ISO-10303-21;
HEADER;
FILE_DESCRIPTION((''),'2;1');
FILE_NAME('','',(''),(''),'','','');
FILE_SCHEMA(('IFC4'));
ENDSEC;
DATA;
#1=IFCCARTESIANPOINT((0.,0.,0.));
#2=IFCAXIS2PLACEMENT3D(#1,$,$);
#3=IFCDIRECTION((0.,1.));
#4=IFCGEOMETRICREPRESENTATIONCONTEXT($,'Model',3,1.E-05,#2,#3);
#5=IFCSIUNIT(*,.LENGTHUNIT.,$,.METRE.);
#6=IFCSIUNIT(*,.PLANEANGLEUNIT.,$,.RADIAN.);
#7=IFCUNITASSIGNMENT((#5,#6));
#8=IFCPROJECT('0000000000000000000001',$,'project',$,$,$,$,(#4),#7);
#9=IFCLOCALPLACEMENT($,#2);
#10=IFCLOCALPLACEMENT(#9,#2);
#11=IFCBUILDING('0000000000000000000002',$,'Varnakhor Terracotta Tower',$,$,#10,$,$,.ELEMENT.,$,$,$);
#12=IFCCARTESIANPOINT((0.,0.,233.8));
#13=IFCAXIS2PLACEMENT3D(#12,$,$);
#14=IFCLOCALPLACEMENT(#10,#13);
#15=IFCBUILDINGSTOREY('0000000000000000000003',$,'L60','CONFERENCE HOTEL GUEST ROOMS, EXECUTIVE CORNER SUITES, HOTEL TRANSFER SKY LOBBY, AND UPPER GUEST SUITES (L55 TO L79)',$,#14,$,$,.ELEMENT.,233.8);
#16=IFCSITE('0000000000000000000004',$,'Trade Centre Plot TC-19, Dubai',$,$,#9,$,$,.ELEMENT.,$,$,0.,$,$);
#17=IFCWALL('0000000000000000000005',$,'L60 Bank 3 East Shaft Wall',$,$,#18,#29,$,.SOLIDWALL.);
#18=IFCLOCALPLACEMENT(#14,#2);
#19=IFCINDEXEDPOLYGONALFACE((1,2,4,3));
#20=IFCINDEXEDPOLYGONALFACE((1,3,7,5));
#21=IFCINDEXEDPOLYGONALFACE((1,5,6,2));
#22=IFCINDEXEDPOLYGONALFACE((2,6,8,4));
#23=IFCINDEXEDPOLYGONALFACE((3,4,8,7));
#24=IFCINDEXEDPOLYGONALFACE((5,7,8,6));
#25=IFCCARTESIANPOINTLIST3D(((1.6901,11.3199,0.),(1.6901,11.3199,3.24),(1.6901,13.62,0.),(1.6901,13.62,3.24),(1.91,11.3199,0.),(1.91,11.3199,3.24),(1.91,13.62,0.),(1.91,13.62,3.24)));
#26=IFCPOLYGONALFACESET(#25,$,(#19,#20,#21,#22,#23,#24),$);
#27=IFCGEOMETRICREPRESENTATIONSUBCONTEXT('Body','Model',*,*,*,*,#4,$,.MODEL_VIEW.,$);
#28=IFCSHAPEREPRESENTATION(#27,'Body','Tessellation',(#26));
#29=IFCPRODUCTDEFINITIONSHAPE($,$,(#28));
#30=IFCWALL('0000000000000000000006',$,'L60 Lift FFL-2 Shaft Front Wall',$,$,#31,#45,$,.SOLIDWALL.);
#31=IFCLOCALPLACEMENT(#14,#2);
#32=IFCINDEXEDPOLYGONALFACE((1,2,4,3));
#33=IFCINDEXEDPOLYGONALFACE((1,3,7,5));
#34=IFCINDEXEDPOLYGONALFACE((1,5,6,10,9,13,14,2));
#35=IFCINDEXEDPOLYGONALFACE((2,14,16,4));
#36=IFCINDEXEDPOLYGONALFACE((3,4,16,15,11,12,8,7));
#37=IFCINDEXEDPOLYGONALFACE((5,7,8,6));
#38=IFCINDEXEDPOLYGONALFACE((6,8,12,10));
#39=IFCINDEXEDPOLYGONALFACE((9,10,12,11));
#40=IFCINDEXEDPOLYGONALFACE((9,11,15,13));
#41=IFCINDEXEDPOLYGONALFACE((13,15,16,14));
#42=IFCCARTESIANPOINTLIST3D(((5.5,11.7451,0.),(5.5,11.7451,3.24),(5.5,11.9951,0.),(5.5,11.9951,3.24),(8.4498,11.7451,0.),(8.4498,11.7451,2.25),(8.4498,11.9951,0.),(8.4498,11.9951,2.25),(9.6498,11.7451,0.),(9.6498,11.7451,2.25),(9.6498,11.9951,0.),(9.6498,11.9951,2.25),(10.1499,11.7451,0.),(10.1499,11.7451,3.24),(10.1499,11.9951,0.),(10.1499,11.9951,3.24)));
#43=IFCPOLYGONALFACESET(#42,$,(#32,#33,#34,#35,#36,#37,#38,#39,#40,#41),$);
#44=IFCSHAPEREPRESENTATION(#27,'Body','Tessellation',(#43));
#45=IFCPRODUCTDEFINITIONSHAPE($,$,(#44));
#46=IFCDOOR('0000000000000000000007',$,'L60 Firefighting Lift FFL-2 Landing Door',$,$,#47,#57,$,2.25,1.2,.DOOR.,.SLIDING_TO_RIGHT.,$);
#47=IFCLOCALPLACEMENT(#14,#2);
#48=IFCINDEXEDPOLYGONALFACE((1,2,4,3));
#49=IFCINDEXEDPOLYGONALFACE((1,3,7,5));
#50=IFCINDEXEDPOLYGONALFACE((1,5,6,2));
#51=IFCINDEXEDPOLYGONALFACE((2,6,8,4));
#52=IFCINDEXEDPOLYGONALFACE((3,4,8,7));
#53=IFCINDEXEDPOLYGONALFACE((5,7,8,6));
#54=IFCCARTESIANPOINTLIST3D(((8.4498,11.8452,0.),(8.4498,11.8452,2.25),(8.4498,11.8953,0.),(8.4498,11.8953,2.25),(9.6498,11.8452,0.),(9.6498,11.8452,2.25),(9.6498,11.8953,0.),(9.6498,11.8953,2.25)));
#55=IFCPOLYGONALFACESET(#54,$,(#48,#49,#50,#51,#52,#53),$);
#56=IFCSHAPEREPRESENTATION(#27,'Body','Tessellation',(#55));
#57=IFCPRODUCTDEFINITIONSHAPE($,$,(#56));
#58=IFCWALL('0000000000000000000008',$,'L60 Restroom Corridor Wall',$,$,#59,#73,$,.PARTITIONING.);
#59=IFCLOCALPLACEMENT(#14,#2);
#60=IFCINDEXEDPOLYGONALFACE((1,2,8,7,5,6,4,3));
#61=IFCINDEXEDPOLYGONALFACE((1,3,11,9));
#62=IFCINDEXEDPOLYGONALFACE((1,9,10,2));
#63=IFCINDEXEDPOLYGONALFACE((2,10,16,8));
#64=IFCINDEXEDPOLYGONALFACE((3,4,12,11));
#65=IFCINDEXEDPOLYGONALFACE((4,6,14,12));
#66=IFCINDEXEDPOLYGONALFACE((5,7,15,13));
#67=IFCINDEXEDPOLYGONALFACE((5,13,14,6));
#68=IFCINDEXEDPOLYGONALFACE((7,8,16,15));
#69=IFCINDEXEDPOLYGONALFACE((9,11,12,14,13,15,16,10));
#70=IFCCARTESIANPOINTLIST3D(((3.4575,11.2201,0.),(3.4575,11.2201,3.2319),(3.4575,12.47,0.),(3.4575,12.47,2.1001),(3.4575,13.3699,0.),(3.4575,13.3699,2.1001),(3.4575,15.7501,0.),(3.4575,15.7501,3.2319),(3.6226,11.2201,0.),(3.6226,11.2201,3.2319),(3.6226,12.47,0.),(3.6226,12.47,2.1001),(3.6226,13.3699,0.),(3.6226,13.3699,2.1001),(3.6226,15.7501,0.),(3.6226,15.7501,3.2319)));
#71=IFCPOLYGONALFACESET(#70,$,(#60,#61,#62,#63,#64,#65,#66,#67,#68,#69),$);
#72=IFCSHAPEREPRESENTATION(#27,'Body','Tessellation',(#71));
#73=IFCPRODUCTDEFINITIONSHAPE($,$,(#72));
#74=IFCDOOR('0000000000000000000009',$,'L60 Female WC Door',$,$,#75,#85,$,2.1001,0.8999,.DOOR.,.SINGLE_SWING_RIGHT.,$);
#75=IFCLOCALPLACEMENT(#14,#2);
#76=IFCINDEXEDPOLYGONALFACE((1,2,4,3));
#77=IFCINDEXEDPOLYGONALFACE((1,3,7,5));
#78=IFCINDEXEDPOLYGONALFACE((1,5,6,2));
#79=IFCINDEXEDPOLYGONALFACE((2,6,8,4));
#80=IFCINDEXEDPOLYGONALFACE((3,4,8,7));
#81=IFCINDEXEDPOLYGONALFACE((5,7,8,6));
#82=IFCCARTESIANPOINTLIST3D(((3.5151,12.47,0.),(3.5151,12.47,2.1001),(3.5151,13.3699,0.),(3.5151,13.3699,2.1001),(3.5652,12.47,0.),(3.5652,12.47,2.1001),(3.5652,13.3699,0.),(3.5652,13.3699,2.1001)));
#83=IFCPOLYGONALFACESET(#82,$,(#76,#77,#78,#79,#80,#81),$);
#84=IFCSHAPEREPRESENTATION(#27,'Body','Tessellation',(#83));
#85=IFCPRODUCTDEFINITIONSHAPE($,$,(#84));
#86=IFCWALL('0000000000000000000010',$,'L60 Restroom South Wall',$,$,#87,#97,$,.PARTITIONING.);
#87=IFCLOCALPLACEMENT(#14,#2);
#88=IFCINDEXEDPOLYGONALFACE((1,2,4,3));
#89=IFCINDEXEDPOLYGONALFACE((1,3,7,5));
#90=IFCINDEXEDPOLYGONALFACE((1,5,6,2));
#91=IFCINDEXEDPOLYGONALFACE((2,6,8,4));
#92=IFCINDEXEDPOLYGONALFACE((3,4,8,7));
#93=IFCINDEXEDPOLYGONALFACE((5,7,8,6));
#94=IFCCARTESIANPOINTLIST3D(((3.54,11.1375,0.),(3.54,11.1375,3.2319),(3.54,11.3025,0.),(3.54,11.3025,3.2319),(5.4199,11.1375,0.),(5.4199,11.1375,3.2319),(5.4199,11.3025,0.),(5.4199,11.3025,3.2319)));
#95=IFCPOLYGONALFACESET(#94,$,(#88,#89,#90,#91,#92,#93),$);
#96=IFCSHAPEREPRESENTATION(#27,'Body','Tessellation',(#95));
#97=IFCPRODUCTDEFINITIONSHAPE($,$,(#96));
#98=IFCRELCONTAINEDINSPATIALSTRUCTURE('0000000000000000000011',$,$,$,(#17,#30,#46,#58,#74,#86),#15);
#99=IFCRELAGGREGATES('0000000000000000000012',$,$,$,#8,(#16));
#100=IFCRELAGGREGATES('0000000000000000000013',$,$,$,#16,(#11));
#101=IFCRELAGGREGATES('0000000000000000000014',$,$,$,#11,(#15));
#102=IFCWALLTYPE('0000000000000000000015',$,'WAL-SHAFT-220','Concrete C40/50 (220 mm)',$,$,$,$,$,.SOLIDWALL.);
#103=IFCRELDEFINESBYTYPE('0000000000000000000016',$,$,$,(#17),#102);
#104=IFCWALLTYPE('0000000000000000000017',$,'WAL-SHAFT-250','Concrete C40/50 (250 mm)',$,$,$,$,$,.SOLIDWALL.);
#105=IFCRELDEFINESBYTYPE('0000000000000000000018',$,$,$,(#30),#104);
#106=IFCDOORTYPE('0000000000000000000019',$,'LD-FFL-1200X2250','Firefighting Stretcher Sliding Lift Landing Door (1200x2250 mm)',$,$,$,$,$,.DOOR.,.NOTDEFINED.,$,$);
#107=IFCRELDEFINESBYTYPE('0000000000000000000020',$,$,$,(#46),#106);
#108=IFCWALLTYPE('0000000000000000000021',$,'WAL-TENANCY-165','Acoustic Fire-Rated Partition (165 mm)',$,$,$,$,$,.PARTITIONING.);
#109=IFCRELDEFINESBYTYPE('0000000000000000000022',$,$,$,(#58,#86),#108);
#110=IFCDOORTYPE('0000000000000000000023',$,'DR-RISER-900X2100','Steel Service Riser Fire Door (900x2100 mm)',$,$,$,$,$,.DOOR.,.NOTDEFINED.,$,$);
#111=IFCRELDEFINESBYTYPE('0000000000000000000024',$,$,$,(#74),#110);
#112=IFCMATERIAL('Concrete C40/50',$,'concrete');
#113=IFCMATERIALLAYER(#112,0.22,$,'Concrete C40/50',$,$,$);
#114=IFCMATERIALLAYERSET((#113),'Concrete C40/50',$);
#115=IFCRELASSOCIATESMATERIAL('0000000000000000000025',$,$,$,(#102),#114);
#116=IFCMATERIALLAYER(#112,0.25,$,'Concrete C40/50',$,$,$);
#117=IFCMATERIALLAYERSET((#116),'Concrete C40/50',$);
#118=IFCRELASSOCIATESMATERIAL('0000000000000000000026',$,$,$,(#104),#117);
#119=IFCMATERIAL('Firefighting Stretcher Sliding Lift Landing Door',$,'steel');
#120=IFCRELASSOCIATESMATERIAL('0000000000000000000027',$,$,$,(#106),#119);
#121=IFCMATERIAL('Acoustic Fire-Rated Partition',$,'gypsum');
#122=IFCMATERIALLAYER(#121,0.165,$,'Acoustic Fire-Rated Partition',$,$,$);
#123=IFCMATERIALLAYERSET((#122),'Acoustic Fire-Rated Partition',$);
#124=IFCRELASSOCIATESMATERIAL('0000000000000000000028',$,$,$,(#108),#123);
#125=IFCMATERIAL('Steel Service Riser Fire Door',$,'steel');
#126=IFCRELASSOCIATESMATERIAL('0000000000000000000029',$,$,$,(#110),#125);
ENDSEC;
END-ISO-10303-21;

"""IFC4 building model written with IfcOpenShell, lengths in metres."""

from ifc_helpers import new_model, si_unit, direction, frame, frame_2d, origin, place, context, subcontext, project, spatial, rectangle, extrude, source, transform, mapped, material, layer, layer_set, type_object, type_shapes, element, fill, save


model = new_model("IFC4")

# Units and contexts
model_context = context("Model", 3, precision=1e-05, world=origin(), true_north=direction((0.0, 1.0)))
body_context = subcontext(model_context, "Body", "Model", "MODEL_VIEW")
ifc_project = project(units=[si_unit("LENGTHUNIT", "METRE"), si_unit("PLANEANGLEUNIT", "RADIAN")], contexts=[model_context])

# Site, building, storey
site_placement = place(None, origin())
site = spatial("IfcSite", under=ifc_project, at=site_placement, Name="Trade Centre Plot TC-19, Dubai", CompositionType="ELEMENT", RefElevation=0.0)
building_placement = place(site_placement, origin())
building = spatial("IfcBuilding", under=site, at=building_placement, Name="Varnakhor Terracotta Tower", CompositionType="ELEMENT")
storey_placement = place(building_placement, frame((0.0, 0.0, 233.8)))
storey = spatial("IfcBuildingStorey", under=building, at=storey_placement, Name="L60", Description="CONFERENCE HOTEL GUEST ROOMS, EXECUTIVE CORNER SUITES, HOTEL TRANSFER SKY LOBBY, AND UPPER GUEST SUITES (L55 TO L79)", CompositionType="ELEMENT", Elevation=233.8)

# Wall
ifc_material_1 = material(Name="Concrete C40/50", Category="concrete")
ifc_layer_1 = layer(ifc_material_1, 0.22, Name="Concrete C40/50")
ifc_layer_set_1 = layer_set([ifc_layer_1], Name="Concrete C40/50")
wall_type_1 = type_object("IfcWallType", Name="WAL-SHAFT-220", Description="Concrete C40/50 (220 mm)", PredefinedType="SOLIDWALL", material=ifc_layer_set_1)
wall_1_placement = place(storey_placement, frame((1.8, 11.3201, 0.0), z_axis=(0.0, 0.0, 1.0), x_axis=(0.0, 1.0, 0.0)))
element("IfcWall", 1, at=wall_1_placement, inside=storey, type_object=wall_type_1, Name="L60 Bank 3 East Shaft Wall", PredefinedType="SOLIDWALL", context=body_context, shape_type="SweptSolid", body=[
    extrude(rectangle(XDim=2.3, YDim=0.22, at=frame_2d((1.1499, 0.0))), origin(), (0.0, 0.0, 1.0), 3.24),
])

# Walls, openings, doors
ifc_layer_2 = layer(ifc_material_1, 0.25, Name="Concrete C40/50")
ifc_layer_set_2 = layer_set([ifc_layer_2], Name="Concrete C40/50")
wall_type_2 = type_object("IfcWallType", Name="WAL-SHAFT-250", Description="Concrete C40/50 (250 mm)", PredefinedType="SOLIDWALL", material=ifc_layer_set_2)
wall_2_placement = place(storey_placement, frame((10.1499, 11.8701, 0.0), z_axis=(0.0, 0.0, 1.0), x_axis=(-1.0, 0.0, 0.0)))
wall_2 = element("IfcWall", 2, at=wall_2_placement, inside=storey, type_object=wall_type_2, Name="L60 Lift FFL-2 Shaft Front Wall", PredefinedType="SOLIDWALL", context=body_context, shape_type="SweptSolid", body=[
    extrude(rectangle(XDim=4.6499, YDim=0.25, at=frame_2d((2.325, 0.0))), origin(), (0.0, 0.0, 1.0), 3.24),
])
opening_1_placement = place(wall_2_placement, frame((0.5, 0.0, 0.0)))
opening_1 = element("IfcOpeningElement", 3, at=opening_1_placement, cuts=wall_2, PredefinedType="OPENING", context=body_context, shape_type="SweptSolid", body=[
    extrude(rectangle(XDim=1.2, YDim=2.25, at=frame_2d((0.6001, 1.125))), frame((0.0, 0.135, 0.0), z_axis=(0.0, -1.0, 0.0), x_axis=(1.0, 0.0, 0.0)), (0.0, 0.0, 1.0), 0.27),
])
ifc_material_2 = material(Name="Firefighting Stretcher Sliding Lift Landing Door", Category="steel")
door_type_1 = type_object("IfcDoorType", Name="LD-FFL-1200X2250", Description="Firefighting Stretcher Sliding Lift Landing Door (1200x2250 mm)", OperationType="NOTDEFINED", PredefinedType="DOOR", material=ifc_material_2)
shared_shape_1 = source(origin(), body_context, "Body", "SweptSolid", [
    extrude(rectangle(XDim=1.2, YDim=2.25, at=frame_2d((0.6001, 1.125))), frame((0.0, 0.0249, 0.0), z_axis=(0.0, -1.0, 0.0), x_axis=(1.0, 0.0, 0.0)), (0.0, 0.0, 1.0), 0.05),
])
type_shapes(door_type_1, [shared_shape_1])
door_1_placement = place(opening_1_placement, origin())
door_1 = element("IfcDoor", 4, at=door_1_placement, inside=storey, type_object=door_type_1, Name="L60 Firefighting Lift FFL-2 Landing Door", OperationType="SLIDING_TO_RIGHT", OverallHeight=2.25, OverallWidth=1.2, PredefinedType="DOOR", context=body_context, shape_type="MappedRepresentation", body=[
    mapped(shared_shape_1, transform((0.0, 0.0, 0.0), scale=1.0)),
])
fill(opening_1, door_1)
ifc_material_3 = material(Name="Acoustic Fire-Rated Partition", Category="gypsum")
ifc_layer_3 = layer(ifc_material_3, 0.165, Name="Acoustic Fire-Rated Partition")
ifc_layer_set_3 = layer_set([ifc_layer_3], Name="Acoustic Fire-Rated Partition")
wall_type_3 = type_object("IfcWallType", Name="WAL-TENANCY-165", Description="Acoustic Fire-Rated Partition (165 mm)", PredefinedType="PARTITIONING", material=ifc_layer_set_3)
wall_3_placement = place(storey_placement, frame((3.54, 11.22, 0.0), z_axis=(0.0, 0.0, 1.0), x_axis=(0.0, 1.0, 0.0)))
wall_3 = element("IfcWall", 5, at=wall_3_placement, inside=storey, type_object=wall_type_3, Name="L60 Restroom Corridor Wall", PredefinedType="PARTITIONING", context=body_context, shape_type="SweptSolid", body=[
    extrude(rectangle(XDim=4.53, YDim=0.165, at=frame_2d((2.2651, 0.0))), origin(), (0.0, 0.0, 1.0), 3.2319),
])
opening_2_placement = place(wall_3_placement, frame((1.25, 0.0, 0.0)))
opening_2 = element("IfcOpeningElement", 6, at=opening_2_placement, cuts=wall_3, PredefinedType="OPENING", context=body_context, shape_type="SweptSolid", body=[
    extrude(rectangle(XDim=0.8999, YDim=2.1001, at=frame_2d((0.45, 1.05))), frame((0.0, 0.0925, 0.0), z_axis=(0.0, -1.0, 0.0), x_axis=(1.0, 0.0, 0.0)), (0.0, 0.0, 1.0), 0.1851),
])
ifc_material_4 = material(Name="Steel Service Riser Fire Door", Category="steel")
door_type_2 = type_object("IfcDoorType", Name="DR-RISER-900X2100", Description="Steel Service Riser Fire Door (900x2100 mm)", OperationType="NOTDEFINED", PredefinedType="DOOR", material=ifc_material_4)
shared_shape_2 = source(origin(), body_context, "Body", "SweptSolid", [
    extrude(rectangle(XDim=0.8999, YDim=2.1001, at=frame_2d((0.45, 1.05))), frame((0.0, 0.0249, 0.0), z_axis=(0.0, -1.0, 0.0), x_axis=(1.0, 0.0, 0.0)), (0.0, 0.0, 1.0), 0.05),
])
type_shapes(door_type_2, [shared_shape_2])
door_2_placement = place(opening_2_placement, origin())
door_2 = element("IfcDoor", 7, at=door_2_placement, inside=storey, type_object=door_type_2, Name="L60 Female WC Door", OperationType="SINGLE_SWING_RIGHT", OverallHeight=2.1001, OverallWidth=0.8999, PredefinedType="DOOR", context=body_context, shape_type="MappedRepresentation", body=[
    mapped(shared_shape_2, transform((0.0, 0.0, 0.0), scale=1.0)),
])
fill(opening_2, door_2)

# Wall
wall_4_placement = place(storey_placement, frame((3.54, 11.22, 0.0), z_axis=(0.0, 0.0, 1.0), x_axis=(1.0, 0.0, 0.0)))
element("IfcWall", 8, at=wall_4_placement, inside=storey, type_object=wall_type_3, Name="L60 Restroom South Wall", PredefinedType="PARTITIONING", context=body_context, shape_type="SweptSolid", body=[
    extrude(rectangle(XDim=1.8799, YDim=0.165, at=frame_2d((0.9399, 0.0))), origin(), (0.0, 0.0, 1.0), 3.2319),
])

save(model, "model.ifc")
